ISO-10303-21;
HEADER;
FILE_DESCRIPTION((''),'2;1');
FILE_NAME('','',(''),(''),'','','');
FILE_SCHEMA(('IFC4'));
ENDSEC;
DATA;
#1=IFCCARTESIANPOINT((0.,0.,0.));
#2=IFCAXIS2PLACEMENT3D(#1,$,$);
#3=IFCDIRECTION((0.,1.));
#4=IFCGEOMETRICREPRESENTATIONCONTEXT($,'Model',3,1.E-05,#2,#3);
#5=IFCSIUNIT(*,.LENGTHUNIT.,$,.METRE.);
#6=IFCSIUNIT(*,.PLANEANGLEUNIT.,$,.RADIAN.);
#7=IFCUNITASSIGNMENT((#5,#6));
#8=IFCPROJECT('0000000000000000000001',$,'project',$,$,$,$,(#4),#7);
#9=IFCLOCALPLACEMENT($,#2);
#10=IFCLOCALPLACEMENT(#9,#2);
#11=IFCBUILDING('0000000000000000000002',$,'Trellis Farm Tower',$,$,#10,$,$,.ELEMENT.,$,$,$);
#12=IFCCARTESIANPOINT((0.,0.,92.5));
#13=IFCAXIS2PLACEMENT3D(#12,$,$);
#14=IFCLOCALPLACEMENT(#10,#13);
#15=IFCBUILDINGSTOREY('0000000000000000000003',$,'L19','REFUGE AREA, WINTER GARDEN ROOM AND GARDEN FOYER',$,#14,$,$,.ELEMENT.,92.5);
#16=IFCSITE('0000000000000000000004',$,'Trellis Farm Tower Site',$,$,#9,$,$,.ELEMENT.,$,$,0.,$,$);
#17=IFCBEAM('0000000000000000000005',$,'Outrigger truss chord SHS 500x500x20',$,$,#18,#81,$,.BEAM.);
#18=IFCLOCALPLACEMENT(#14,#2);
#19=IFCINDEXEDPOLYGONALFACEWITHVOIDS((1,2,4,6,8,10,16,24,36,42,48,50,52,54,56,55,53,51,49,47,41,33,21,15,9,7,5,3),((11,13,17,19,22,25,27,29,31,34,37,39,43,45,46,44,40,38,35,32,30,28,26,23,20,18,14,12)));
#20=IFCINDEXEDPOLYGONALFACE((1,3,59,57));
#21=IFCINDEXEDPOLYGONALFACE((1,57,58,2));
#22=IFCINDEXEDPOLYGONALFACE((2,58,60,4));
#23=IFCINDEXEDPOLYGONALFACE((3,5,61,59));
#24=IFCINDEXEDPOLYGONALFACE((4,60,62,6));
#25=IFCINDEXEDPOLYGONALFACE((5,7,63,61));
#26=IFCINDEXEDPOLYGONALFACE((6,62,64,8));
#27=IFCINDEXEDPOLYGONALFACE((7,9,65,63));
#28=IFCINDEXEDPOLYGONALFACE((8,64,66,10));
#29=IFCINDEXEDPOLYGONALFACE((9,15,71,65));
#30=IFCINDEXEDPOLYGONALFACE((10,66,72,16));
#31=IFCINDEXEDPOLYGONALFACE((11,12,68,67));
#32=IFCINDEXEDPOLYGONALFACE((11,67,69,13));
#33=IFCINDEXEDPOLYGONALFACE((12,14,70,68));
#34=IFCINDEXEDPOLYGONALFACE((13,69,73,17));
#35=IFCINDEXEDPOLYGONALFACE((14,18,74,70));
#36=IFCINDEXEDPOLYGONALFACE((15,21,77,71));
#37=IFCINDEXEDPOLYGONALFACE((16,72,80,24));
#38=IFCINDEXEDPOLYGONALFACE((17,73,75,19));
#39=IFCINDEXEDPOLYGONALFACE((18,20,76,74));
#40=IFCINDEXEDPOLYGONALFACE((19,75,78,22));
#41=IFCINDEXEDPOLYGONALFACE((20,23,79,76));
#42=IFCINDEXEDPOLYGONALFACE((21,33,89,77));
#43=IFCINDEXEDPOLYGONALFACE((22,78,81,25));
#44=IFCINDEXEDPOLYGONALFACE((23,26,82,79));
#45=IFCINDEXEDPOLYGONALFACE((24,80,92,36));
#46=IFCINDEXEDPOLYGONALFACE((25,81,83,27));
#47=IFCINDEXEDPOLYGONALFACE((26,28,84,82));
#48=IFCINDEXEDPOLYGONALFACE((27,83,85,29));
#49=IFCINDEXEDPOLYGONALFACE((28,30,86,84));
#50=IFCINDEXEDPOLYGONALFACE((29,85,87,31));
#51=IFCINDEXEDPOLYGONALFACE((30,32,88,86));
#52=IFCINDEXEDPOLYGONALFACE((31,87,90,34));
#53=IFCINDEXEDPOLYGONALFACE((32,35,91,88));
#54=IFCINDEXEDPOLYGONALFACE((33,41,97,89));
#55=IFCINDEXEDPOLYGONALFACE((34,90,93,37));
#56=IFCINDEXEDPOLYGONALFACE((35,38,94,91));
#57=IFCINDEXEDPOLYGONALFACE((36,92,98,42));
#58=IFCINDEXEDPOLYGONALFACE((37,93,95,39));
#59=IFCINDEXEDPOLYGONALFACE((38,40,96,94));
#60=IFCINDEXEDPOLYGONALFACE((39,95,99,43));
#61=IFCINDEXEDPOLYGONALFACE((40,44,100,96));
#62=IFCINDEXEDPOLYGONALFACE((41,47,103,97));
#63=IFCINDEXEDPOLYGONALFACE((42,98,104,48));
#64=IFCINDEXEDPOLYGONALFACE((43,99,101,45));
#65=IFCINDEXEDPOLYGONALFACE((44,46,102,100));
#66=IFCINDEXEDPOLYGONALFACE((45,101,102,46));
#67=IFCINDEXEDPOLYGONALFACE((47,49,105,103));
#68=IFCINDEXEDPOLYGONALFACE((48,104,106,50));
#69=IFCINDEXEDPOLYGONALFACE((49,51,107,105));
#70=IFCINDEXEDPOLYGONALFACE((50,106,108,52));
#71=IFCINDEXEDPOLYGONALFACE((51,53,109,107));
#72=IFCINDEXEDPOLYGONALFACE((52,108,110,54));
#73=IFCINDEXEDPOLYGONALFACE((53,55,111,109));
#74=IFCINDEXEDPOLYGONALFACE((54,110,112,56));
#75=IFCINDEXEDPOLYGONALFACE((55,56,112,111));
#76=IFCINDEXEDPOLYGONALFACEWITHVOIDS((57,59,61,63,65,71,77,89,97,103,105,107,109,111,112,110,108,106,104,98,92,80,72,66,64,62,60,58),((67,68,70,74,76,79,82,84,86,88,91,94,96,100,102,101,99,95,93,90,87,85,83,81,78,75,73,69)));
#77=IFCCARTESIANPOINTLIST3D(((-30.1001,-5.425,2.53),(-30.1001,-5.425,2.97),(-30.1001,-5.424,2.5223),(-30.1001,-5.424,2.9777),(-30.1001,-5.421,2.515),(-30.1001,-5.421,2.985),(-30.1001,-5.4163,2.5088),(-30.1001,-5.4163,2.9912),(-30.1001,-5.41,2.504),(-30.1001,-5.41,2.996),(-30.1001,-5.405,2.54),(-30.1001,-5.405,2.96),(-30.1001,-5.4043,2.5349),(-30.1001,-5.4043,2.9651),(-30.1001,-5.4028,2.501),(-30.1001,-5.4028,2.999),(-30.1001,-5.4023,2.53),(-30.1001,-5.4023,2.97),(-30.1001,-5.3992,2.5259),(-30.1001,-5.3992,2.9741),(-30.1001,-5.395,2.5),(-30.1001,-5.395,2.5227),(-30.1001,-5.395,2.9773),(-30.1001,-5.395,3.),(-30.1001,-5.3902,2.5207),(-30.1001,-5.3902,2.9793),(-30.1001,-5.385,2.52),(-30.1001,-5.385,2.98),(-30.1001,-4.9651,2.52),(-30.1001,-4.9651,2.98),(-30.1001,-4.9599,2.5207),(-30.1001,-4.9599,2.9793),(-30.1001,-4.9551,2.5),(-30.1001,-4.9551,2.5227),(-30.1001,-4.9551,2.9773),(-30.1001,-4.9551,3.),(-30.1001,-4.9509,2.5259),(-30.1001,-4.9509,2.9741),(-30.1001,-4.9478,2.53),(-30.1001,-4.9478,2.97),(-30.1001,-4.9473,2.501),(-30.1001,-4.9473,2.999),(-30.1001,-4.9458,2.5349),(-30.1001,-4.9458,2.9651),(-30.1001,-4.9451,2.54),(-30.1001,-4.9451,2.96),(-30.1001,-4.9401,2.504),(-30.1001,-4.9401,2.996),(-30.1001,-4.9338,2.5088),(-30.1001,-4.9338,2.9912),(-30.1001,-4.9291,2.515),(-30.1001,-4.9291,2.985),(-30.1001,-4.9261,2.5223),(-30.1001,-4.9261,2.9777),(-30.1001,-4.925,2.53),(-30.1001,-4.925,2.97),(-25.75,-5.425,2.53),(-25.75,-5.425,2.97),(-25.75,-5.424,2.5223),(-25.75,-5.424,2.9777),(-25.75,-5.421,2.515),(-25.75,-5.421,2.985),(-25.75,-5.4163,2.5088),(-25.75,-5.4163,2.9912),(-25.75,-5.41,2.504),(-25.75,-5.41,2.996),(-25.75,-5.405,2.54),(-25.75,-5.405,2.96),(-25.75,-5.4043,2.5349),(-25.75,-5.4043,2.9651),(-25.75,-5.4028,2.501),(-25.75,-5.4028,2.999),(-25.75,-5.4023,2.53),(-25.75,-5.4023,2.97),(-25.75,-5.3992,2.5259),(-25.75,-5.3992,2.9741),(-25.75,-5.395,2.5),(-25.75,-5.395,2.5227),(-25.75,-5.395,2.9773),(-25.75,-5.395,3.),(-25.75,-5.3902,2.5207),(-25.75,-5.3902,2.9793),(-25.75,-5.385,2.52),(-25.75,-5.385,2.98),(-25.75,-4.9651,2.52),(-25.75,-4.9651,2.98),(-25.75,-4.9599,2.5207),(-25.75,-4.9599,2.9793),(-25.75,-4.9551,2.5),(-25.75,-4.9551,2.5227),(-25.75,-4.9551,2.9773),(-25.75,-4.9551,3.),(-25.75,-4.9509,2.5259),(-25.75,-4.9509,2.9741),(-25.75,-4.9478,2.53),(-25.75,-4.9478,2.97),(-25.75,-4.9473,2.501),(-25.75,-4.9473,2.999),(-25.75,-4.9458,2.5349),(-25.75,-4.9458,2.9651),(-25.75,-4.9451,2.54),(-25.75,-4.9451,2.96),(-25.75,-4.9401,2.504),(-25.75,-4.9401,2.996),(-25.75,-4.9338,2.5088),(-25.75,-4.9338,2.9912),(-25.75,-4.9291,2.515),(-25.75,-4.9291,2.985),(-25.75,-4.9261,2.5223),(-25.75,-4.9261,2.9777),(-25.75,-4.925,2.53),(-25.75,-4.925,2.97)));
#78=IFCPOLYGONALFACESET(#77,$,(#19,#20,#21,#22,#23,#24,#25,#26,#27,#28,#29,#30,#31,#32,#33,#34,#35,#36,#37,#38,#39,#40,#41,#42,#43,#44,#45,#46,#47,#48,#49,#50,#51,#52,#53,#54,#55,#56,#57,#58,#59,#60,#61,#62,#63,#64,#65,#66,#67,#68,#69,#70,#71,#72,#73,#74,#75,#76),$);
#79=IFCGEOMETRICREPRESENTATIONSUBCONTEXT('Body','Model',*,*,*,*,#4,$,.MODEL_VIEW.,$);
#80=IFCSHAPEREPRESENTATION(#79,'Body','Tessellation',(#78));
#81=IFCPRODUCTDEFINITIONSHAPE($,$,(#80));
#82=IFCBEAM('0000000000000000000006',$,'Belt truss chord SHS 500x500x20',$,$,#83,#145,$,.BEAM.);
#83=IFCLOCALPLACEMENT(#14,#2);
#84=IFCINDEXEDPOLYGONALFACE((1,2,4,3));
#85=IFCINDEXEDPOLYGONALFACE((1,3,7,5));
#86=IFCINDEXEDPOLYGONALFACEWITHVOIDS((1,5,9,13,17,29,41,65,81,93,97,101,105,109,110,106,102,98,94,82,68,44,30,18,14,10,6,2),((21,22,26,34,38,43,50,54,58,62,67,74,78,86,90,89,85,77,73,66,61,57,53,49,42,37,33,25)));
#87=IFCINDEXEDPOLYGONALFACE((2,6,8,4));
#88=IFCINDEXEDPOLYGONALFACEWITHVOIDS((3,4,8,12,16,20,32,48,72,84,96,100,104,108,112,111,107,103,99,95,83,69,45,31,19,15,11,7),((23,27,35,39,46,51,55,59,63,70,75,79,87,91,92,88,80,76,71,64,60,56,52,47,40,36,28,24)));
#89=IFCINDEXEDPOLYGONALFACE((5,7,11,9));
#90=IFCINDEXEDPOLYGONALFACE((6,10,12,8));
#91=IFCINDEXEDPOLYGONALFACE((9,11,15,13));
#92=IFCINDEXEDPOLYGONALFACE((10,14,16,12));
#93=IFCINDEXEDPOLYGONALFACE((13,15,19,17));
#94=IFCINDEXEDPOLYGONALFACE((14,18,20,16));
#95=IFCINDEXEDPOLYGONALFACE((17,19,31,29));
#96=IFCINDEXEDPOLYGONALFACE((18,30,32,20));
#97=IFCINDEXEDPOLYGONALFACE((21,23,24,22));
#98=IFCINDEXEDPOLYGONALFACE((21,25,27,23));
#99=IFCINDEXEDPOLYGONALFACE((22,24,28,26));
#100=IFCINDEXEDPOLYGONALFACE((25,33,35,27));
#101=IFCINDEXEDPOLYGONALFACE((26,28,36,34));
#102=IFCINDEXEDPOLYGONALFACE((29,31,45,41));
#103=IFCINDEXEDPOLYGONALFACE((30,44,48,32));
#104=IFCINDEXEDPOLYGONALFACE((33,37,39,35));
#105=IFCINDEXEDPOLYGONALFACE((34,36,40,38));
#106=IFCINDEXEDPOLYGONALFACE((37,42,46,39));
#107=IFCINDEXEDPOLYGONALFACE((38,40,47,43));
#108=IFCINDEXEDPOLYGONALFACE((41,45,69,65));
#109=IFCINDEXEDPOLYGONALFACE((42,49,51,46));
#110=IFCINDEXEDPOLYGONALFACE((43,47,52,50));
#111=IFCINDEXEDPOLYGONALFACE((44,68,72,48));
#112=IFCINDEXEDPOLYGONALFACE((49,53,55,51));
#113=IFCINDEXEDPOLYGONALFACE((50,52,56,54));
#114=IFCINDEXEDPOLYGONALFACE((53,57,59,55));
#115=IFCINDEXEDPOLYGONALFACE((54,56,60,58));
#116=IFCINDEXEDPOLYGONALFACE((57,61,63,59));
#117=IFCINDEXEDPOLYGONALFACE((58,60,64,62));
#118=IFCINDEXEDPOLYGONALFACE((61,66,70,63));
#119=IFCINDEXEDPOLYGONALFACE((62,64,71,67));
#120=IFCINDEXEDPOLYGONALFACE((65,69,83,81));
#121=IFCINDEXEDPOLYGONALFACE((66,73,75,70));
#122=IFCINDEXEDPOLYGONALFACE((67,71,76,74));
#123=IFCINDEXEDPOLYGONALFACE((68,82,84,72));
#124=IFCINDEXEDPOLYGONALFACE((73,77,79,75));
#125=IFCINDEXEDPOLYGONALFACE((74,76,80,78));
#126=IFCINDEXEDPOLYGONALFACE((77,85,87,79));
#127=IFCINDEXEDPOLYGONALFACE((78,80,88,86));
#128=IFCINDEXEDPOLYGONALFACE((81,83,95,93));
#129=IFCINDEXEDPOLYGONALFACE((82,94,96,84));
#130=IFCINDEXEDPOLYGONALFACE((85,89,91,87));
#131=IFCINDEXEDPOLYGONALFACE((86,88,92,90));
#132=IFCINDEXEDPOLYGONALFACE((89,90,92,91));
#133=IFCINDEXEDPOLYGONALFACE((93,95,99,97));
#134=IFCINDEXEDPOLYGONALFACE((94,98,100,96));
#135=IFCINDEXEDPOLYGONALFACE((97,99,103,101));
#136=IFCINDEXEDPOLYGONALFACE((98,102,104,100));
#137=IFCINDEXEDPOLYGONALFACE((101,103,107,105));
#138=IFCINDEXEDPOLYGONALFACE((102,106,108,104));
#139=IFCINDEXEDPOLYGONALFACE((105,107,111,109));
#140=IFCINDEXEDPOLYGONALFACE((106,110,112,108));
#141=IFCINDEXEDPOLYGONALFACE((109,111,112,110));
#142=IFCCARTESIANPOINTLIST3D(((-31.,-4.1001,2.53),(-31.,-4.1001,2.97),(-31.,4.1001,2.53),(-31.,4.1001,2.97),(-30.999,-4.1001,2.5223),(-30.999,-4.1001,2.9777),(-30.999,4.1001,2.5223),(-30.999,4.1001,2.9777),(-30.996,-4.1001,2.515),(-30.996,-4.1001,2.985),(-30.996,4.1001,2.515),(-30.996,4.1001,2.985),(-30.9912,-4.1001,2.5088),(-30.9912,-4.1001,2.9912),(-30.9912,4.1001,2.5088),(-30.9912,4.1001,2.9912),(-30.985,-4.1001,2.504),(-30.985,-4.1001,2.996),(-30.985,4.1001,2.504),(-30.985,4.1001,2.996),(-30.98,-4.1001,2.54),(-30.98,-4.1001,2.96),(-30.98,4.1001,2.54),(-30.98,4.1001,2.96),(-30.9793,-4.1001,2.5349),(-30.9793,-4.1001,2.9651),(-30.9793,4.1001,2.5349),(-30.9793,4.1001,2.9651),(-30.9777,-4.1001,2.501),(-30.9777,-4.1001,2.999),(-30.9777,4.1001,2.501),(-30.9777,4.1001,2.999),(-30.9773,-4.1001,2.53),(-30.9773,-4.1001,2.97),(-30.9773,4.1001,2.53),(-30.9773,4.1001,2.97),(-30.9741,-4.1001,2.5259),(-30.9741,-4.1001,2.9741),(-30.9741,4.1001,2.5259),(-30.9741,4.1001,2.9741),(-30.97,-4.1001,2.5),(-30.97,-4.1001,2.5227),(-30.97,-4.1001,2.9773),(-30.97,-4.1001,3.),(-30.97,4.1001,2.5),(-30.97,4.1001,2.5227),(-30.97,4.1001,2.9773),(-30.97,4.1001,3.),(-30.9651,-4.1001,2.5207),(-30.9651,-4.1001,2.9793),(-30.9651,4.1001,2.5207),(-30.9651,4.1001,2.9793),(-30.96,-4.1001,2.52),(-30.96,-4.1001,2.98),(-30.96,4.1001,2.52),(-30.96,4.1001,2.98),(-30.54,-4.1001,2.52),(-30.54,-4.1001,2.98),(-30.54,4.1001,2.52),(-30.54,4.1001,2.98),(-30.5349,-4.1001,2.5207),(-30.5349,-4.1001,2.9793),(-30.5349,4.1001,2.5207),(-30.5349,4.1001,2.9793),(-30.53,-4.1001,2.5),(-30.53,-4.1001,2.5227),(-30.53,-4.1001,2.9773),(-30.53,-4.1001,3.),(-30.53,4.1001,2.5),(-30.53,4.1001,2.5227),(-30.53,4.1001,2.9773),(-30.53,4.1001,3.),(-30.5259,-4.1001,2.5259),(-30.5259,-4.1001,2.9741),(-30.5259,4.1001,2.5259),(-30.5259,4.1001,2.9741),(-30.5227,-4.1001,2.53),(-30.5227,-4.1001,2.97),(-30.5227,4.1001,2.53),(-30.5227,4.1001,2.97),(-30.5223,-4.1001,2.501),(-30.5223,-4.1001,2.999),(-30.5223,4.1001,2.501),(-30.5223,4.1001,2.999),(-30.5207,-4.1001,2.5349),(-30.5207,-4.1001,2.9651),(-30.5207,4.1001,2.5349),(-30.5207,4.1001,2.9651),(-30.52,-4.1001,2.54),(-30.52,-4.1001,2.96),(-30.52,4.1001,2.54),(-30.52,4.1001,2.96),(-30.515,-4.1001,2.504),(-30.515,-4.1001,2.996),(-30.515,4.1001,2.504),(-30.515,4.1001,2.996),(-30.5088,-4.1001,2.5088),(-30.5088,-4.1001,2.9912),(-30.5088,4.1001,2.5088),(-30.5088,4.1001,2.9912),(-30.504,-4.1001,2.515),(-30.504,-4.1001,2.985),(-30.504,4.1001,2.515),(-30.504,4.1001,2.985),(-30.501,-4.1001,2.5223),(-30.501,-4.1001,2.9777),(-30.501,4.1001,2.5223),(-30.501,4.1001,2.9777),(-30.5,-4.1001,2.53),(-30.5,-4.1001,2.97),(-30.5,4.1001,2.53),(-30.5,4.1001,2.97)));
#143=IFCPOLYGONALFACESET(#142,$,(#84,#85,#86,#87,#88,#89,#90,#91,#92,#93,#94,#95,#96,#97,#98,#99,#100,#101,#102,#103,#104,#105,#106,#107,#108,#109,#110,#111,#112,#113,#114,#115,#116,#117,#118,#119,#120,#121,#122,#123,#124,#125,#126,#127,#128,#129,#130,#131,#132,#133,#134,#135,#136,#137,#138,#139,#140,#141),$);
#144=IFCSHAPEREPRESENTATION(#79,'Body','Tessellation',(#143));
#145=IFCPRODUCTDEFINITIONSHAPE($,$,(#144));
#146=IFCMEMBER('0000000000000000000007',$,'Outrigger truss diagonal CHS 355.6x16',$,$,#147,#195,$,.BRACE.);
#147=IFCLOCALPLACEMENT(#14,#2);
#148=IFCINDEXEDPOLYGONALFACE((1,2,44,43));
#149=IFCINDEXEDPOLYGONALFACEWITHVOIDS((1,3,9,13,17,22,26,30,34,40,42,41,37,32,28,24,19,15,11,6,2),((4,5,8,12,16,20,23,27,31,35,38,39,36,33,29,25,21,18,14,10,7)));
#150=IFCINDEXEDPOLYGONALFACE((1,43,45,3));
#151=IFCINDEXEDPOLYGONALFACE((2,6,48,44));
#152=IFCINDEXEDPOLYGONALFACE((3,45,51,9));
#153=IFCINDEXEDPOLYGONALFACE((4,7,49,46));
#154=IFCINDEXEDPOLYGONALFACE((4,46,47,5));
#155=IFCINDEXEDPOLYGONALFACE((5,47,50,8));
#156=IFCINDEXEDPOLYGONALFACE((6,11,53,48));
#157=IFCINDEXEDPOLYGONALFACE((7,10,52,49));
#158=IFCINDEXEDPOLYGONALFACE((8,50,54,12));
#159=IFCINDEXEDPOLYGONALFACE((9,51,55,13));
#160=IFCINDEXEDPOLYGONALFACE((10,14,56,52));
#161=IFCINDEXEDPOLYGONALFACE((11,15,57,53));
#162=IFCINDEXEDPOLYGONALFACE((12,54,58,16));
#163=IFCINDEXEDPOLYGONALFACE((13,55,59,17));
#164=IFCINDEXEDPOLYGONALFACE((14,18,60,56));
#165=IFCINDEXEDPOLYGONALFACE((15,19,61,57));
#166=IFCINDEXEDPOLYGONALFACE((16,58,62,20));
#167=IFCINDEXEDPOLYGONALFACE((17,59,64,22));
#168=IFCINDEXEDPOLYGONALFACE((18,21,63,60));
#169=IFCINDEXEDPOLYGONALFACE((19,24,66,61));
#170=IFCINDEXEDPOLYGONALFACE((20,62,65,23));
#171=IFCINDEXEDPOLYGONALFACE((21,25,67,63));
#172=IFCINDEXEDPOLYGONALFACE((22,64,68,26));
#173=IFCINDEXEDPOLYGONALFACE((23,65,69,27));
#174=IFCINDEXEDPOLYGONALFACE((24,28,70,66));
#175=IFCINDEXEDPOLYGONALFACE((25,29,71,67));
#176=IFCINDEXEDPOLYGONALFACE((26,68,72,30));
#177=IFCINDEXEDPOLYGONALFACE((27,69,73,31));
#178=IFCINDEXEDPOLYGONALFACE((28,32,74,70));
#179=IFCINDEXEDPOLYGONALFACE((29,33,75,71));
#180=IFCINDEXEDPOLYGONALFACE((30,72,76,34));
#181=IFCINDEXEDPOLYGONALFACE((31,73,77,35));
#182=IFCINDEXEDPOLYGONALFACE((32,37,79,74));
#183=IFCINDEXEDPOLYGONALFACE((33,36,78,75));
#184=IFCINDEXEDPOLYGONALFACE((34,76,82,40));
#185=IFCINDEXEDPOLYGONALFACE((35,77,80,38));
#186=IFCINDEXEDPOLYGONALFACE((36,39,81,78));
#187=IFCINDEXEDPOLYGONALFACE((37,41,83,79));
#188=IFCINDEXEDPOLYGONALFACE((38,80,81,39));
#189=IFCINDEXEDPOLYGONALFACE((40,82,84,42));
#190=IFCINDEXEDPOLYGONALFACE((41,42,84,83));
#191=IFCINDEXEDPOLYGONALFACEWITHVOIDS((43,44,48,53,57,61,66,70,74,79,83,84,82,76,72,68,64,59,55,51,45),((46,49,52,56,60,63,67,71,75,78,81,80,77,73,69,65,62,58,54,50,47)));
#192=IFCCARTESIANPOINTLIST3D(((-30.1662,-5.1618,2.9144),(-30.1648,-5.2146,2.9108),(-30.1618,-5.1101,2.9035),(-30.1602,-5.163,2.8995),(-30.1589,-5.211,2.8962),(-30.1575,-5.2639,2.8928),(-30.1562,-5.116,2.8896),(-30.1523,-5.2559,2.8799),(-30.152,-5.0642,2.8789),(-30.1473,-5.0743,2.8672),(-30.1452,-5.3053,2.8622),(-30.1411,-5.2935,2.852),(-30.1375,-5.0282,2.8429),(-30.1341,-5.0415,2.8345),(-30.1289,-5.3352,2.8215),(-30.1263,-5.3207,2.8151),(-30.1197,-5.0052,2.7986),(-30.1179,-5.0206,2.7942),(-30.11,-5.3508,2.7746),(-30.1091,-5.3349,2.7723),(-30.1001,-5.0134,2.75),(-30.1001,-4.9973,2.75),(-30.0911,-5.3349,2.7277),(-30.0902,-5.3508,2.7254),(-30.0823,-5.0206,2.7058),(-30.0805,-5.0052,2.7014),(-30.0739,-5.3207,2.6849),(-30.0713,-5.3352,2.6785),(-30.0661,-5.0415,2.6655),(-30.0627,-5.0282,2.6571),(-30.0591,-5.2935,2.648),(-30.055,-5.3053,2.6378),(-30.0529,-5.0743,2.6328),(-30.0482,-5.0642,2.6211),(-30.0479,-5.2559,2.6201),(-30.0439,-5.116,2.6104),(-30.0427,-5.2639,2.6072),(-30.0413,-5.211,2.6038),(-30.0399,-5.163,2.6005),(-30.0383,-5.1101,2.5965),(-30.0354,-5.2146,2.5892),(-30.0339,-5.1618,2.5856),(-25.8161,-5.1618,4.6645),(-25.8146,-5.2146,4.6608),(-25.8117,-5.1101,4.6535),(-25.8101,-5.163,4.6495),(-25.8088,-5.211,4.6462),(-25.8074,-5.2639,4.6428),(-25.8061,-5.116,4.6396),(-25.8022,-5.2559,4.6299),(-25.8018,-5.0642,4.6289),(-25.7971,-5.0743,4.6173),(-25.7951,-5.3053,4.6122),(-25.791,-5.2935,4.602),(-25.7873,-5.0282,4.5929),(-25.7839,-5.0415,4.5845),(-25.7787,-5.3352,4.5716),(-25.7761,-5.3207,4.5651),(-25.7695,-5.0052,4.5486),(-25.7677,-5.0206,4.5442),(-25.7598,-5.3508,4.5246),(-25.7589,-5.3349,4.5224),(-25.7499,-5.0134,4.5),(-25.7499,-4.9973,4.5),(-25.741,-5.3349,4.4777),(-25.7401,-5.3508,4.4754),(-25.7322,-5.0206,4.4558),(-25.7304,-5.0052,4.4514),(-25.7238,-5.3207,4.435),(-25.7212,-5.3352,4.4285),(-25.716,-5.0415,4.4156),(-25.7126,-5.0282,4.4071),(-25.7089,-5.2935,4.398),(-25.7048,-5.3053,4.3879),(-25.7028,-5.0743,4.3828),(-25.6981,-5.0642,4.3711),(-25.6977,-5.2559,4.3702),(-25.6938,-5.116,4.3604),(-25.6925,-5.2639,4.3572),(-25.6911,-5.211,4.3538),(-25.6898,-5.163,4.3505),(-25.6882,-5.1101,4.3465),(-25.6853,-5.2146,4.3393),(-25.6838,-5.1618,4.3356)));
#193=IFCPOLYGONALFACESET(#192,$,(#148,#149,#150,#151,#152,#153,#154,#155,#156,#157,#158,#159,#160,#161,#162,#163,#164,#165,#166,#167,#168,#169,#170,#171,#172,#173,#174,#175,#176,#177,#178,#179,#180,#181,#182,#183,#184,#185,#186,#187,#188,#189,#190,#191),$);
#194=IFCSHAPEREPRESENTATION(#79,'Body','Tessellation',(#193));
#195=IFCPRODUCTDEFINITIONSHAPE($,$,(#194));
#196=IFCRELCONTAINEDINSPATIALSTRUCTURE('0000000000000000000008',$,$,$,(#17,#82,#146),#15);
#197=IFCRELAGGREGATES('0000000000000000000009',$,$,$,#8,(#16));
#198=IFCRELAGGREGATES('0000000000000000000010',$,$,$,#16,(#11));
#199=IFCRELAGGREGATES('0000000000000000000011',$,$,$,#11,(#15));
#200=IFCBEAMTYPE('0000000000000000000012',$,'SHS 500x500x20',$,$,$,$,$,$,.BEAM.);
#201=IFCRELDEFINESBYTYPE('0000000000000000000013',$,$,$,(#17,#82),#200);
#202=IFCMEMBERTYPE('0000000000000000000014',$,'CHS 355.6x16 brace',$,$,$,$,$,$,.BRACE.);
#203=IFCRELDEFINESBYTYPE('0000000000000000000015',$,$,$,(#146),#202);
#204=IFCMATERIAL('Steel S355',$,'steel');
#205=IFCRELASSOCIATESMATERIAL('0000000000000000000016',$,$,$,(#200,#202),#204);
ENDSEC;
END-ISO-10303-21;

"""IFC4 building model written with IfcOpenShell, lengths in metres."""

from ifc_helpers import new_model, si_unit, direction, frame, origin, origin_2d, place, context, subcontext, project, spatial, hollow_rectangle, hollow_circle, extrude, source, transform, mapped, material, material_profile, profile_set, type_object, element, save


model = new_model("IFC4")

# Units and contexts
model_context = context("Model", 3, precision=1e-05, world=origin(), true_north=direction((0.0, 1.0)))
body_context = subcontext(model_context, "Body", "Model", "MODEL_VIEW")
ifc_project = project(units=[si_unit("LENGTHUNIT", "METRE"), si_unit("PLANEANGLEUNIT", "RADIAN")], contexts=[model_context])

# Site, building, storey
site_placement = place(None, origin())
site = spatial("IfcSite", under=ifc_project, at=site_placement, Name="Trellis Farm Tower Site", CompositionType="ELEMENT", RefElevation=0.0)
building_placement = place(site_placement, origin())
building = spatial("IfcBuilding", under=site, at=building_placement, Name="Trellis Farm Tower", CompositionType="ELEMENT")
storey_placement = place(building_placement, frame((0.0, 0.0, 92.5)))
storey = spatial("IfcBuildingStorey", under=building, at=storey_placement, Name="L19", Description="REFUGE AREA, WINTER GARDEN ROOM AND GARDEN FOYER", CompositionType="ELEMENT", Elevation=92.5)

# Beams
ifc_material_1 = material(Name="Steel S355", Category="steel")
ifc_material_profile_1 = material_profile(ifc_material_1, hollow_rectangle(XDim=0.5, YDim=0.5, WallThickness=0.02, InnerFilletRadius=0.02, OuterFilletRadius=0.03, at=origin_2d()), Name="SHS 500x500x20")
ifc_profile_set_1 = profile_set([ifc_material_profile_1], Name="Steel S355")
beam_type_1 = type_object("IfcBeamType", Name="SHS 500x500x20", PredefinedType="BEAM", material=ifc_profile_set_1)
shared_shape_1 = source(origin(), body_context, "Body", "SweptSolid", [
    extrude(hollow_rectangle(XDim=0.5, YDim=0.5, WallThickness=0.02, InnerFilletRadius=0.02, OuterFilletRadius=0.03, at=origin_2d()), origin(), (0.0, 0.0, 1.0), 4.3501),
])
beam_1_placement = place(storey_placement, frame((-30.1001, -5.175, 2.75), z_axis=(1.0, 0.0, 0.0), x_axis=(0.0, 1.0, 0.0)))
element("IfcBeam", 1, at=beam_1_placement, inside=storey, type_object=beam_type_1, Name="Outrigger truss chord SHS 500x500x20", PredefinedType="BEAM", context=body_context, shape_type="MappedRepresentation", body=[
    mapped(shared_shape_1, transform((0.0, 0.0, 0.0))),
])
shared_shape_2 = source(origin(), body_context, "Body", "SweptSolid", [
    extrude(hollow_rectangle(XDim=0.5, YDim=0.5, WallThickness=0.02, InnerFilletRadius=0.02, OuterFilletRadius=0.03, at=origin_2d()), origin(), (0.0, 0.0, 1.0), 8.2002),
])
beam_2_placement = place(storey_placement, frame((-30.75, -4.1001, 2.75), z_axis=(0.0, 1.0, 0.0), x_axis=(-1.0, 0.0, 0.0)))
element("IfcBeam", 2, at=beam_2_placement, inside=storey, type_object=beam_type_1, Name="Belt truss chord SHS 500x500x20", PredefinedType="BEAM", context=body_context, shape_type="MappedRepresentation", body=[
    mapped(shared_shape_2, transform((0.0, 0.0, 0.0))),
])

# Member
ifc_material_profile_2 = material_profile(ifc_material_1, hollow_circle(Radius=0.1777, WallThickness=0.0161, at=origin_2d()), Name="CHS 355.6x16")
ifc_profile_set_2 = profile_set([ifc_material_profile_2], Name="Steel S355")
member_type_1 = type_object("IfcMemberType", Name="CHS 355.6x16 brace", PredefinedType="BRACE", material=ifc_profile_set_2)
shared_shape_3 = source(origin(), body_context, "Body", "SweptSolid", [
    extrude(hollow_circle(Radius=0.1777, WallThickness=0.0161, at=origin_2d()), origin(), (0.0, 0.0, 1.0), 4.689),
])
member_1_placement = place(storey_placement, frame((-30.1001, -5.175, 2.75), z_axis=(0.927742, 0.0, 0.373221), x_axis=(0.0, 1.0, 0.0)))
element("IfcMember", 3, at=member_1_placement, inside=storey, type_object=member_type_1, Name="Outrigger truss diagonal CHS 355.6x16", PredefinedType="BRACE", context=body_context, shape_type="MappedRepresentation", body=[
    mapped(shared_shape_3, transform((0.0, 0.0, 0.0))),
])

save(model, "model.ifc")
